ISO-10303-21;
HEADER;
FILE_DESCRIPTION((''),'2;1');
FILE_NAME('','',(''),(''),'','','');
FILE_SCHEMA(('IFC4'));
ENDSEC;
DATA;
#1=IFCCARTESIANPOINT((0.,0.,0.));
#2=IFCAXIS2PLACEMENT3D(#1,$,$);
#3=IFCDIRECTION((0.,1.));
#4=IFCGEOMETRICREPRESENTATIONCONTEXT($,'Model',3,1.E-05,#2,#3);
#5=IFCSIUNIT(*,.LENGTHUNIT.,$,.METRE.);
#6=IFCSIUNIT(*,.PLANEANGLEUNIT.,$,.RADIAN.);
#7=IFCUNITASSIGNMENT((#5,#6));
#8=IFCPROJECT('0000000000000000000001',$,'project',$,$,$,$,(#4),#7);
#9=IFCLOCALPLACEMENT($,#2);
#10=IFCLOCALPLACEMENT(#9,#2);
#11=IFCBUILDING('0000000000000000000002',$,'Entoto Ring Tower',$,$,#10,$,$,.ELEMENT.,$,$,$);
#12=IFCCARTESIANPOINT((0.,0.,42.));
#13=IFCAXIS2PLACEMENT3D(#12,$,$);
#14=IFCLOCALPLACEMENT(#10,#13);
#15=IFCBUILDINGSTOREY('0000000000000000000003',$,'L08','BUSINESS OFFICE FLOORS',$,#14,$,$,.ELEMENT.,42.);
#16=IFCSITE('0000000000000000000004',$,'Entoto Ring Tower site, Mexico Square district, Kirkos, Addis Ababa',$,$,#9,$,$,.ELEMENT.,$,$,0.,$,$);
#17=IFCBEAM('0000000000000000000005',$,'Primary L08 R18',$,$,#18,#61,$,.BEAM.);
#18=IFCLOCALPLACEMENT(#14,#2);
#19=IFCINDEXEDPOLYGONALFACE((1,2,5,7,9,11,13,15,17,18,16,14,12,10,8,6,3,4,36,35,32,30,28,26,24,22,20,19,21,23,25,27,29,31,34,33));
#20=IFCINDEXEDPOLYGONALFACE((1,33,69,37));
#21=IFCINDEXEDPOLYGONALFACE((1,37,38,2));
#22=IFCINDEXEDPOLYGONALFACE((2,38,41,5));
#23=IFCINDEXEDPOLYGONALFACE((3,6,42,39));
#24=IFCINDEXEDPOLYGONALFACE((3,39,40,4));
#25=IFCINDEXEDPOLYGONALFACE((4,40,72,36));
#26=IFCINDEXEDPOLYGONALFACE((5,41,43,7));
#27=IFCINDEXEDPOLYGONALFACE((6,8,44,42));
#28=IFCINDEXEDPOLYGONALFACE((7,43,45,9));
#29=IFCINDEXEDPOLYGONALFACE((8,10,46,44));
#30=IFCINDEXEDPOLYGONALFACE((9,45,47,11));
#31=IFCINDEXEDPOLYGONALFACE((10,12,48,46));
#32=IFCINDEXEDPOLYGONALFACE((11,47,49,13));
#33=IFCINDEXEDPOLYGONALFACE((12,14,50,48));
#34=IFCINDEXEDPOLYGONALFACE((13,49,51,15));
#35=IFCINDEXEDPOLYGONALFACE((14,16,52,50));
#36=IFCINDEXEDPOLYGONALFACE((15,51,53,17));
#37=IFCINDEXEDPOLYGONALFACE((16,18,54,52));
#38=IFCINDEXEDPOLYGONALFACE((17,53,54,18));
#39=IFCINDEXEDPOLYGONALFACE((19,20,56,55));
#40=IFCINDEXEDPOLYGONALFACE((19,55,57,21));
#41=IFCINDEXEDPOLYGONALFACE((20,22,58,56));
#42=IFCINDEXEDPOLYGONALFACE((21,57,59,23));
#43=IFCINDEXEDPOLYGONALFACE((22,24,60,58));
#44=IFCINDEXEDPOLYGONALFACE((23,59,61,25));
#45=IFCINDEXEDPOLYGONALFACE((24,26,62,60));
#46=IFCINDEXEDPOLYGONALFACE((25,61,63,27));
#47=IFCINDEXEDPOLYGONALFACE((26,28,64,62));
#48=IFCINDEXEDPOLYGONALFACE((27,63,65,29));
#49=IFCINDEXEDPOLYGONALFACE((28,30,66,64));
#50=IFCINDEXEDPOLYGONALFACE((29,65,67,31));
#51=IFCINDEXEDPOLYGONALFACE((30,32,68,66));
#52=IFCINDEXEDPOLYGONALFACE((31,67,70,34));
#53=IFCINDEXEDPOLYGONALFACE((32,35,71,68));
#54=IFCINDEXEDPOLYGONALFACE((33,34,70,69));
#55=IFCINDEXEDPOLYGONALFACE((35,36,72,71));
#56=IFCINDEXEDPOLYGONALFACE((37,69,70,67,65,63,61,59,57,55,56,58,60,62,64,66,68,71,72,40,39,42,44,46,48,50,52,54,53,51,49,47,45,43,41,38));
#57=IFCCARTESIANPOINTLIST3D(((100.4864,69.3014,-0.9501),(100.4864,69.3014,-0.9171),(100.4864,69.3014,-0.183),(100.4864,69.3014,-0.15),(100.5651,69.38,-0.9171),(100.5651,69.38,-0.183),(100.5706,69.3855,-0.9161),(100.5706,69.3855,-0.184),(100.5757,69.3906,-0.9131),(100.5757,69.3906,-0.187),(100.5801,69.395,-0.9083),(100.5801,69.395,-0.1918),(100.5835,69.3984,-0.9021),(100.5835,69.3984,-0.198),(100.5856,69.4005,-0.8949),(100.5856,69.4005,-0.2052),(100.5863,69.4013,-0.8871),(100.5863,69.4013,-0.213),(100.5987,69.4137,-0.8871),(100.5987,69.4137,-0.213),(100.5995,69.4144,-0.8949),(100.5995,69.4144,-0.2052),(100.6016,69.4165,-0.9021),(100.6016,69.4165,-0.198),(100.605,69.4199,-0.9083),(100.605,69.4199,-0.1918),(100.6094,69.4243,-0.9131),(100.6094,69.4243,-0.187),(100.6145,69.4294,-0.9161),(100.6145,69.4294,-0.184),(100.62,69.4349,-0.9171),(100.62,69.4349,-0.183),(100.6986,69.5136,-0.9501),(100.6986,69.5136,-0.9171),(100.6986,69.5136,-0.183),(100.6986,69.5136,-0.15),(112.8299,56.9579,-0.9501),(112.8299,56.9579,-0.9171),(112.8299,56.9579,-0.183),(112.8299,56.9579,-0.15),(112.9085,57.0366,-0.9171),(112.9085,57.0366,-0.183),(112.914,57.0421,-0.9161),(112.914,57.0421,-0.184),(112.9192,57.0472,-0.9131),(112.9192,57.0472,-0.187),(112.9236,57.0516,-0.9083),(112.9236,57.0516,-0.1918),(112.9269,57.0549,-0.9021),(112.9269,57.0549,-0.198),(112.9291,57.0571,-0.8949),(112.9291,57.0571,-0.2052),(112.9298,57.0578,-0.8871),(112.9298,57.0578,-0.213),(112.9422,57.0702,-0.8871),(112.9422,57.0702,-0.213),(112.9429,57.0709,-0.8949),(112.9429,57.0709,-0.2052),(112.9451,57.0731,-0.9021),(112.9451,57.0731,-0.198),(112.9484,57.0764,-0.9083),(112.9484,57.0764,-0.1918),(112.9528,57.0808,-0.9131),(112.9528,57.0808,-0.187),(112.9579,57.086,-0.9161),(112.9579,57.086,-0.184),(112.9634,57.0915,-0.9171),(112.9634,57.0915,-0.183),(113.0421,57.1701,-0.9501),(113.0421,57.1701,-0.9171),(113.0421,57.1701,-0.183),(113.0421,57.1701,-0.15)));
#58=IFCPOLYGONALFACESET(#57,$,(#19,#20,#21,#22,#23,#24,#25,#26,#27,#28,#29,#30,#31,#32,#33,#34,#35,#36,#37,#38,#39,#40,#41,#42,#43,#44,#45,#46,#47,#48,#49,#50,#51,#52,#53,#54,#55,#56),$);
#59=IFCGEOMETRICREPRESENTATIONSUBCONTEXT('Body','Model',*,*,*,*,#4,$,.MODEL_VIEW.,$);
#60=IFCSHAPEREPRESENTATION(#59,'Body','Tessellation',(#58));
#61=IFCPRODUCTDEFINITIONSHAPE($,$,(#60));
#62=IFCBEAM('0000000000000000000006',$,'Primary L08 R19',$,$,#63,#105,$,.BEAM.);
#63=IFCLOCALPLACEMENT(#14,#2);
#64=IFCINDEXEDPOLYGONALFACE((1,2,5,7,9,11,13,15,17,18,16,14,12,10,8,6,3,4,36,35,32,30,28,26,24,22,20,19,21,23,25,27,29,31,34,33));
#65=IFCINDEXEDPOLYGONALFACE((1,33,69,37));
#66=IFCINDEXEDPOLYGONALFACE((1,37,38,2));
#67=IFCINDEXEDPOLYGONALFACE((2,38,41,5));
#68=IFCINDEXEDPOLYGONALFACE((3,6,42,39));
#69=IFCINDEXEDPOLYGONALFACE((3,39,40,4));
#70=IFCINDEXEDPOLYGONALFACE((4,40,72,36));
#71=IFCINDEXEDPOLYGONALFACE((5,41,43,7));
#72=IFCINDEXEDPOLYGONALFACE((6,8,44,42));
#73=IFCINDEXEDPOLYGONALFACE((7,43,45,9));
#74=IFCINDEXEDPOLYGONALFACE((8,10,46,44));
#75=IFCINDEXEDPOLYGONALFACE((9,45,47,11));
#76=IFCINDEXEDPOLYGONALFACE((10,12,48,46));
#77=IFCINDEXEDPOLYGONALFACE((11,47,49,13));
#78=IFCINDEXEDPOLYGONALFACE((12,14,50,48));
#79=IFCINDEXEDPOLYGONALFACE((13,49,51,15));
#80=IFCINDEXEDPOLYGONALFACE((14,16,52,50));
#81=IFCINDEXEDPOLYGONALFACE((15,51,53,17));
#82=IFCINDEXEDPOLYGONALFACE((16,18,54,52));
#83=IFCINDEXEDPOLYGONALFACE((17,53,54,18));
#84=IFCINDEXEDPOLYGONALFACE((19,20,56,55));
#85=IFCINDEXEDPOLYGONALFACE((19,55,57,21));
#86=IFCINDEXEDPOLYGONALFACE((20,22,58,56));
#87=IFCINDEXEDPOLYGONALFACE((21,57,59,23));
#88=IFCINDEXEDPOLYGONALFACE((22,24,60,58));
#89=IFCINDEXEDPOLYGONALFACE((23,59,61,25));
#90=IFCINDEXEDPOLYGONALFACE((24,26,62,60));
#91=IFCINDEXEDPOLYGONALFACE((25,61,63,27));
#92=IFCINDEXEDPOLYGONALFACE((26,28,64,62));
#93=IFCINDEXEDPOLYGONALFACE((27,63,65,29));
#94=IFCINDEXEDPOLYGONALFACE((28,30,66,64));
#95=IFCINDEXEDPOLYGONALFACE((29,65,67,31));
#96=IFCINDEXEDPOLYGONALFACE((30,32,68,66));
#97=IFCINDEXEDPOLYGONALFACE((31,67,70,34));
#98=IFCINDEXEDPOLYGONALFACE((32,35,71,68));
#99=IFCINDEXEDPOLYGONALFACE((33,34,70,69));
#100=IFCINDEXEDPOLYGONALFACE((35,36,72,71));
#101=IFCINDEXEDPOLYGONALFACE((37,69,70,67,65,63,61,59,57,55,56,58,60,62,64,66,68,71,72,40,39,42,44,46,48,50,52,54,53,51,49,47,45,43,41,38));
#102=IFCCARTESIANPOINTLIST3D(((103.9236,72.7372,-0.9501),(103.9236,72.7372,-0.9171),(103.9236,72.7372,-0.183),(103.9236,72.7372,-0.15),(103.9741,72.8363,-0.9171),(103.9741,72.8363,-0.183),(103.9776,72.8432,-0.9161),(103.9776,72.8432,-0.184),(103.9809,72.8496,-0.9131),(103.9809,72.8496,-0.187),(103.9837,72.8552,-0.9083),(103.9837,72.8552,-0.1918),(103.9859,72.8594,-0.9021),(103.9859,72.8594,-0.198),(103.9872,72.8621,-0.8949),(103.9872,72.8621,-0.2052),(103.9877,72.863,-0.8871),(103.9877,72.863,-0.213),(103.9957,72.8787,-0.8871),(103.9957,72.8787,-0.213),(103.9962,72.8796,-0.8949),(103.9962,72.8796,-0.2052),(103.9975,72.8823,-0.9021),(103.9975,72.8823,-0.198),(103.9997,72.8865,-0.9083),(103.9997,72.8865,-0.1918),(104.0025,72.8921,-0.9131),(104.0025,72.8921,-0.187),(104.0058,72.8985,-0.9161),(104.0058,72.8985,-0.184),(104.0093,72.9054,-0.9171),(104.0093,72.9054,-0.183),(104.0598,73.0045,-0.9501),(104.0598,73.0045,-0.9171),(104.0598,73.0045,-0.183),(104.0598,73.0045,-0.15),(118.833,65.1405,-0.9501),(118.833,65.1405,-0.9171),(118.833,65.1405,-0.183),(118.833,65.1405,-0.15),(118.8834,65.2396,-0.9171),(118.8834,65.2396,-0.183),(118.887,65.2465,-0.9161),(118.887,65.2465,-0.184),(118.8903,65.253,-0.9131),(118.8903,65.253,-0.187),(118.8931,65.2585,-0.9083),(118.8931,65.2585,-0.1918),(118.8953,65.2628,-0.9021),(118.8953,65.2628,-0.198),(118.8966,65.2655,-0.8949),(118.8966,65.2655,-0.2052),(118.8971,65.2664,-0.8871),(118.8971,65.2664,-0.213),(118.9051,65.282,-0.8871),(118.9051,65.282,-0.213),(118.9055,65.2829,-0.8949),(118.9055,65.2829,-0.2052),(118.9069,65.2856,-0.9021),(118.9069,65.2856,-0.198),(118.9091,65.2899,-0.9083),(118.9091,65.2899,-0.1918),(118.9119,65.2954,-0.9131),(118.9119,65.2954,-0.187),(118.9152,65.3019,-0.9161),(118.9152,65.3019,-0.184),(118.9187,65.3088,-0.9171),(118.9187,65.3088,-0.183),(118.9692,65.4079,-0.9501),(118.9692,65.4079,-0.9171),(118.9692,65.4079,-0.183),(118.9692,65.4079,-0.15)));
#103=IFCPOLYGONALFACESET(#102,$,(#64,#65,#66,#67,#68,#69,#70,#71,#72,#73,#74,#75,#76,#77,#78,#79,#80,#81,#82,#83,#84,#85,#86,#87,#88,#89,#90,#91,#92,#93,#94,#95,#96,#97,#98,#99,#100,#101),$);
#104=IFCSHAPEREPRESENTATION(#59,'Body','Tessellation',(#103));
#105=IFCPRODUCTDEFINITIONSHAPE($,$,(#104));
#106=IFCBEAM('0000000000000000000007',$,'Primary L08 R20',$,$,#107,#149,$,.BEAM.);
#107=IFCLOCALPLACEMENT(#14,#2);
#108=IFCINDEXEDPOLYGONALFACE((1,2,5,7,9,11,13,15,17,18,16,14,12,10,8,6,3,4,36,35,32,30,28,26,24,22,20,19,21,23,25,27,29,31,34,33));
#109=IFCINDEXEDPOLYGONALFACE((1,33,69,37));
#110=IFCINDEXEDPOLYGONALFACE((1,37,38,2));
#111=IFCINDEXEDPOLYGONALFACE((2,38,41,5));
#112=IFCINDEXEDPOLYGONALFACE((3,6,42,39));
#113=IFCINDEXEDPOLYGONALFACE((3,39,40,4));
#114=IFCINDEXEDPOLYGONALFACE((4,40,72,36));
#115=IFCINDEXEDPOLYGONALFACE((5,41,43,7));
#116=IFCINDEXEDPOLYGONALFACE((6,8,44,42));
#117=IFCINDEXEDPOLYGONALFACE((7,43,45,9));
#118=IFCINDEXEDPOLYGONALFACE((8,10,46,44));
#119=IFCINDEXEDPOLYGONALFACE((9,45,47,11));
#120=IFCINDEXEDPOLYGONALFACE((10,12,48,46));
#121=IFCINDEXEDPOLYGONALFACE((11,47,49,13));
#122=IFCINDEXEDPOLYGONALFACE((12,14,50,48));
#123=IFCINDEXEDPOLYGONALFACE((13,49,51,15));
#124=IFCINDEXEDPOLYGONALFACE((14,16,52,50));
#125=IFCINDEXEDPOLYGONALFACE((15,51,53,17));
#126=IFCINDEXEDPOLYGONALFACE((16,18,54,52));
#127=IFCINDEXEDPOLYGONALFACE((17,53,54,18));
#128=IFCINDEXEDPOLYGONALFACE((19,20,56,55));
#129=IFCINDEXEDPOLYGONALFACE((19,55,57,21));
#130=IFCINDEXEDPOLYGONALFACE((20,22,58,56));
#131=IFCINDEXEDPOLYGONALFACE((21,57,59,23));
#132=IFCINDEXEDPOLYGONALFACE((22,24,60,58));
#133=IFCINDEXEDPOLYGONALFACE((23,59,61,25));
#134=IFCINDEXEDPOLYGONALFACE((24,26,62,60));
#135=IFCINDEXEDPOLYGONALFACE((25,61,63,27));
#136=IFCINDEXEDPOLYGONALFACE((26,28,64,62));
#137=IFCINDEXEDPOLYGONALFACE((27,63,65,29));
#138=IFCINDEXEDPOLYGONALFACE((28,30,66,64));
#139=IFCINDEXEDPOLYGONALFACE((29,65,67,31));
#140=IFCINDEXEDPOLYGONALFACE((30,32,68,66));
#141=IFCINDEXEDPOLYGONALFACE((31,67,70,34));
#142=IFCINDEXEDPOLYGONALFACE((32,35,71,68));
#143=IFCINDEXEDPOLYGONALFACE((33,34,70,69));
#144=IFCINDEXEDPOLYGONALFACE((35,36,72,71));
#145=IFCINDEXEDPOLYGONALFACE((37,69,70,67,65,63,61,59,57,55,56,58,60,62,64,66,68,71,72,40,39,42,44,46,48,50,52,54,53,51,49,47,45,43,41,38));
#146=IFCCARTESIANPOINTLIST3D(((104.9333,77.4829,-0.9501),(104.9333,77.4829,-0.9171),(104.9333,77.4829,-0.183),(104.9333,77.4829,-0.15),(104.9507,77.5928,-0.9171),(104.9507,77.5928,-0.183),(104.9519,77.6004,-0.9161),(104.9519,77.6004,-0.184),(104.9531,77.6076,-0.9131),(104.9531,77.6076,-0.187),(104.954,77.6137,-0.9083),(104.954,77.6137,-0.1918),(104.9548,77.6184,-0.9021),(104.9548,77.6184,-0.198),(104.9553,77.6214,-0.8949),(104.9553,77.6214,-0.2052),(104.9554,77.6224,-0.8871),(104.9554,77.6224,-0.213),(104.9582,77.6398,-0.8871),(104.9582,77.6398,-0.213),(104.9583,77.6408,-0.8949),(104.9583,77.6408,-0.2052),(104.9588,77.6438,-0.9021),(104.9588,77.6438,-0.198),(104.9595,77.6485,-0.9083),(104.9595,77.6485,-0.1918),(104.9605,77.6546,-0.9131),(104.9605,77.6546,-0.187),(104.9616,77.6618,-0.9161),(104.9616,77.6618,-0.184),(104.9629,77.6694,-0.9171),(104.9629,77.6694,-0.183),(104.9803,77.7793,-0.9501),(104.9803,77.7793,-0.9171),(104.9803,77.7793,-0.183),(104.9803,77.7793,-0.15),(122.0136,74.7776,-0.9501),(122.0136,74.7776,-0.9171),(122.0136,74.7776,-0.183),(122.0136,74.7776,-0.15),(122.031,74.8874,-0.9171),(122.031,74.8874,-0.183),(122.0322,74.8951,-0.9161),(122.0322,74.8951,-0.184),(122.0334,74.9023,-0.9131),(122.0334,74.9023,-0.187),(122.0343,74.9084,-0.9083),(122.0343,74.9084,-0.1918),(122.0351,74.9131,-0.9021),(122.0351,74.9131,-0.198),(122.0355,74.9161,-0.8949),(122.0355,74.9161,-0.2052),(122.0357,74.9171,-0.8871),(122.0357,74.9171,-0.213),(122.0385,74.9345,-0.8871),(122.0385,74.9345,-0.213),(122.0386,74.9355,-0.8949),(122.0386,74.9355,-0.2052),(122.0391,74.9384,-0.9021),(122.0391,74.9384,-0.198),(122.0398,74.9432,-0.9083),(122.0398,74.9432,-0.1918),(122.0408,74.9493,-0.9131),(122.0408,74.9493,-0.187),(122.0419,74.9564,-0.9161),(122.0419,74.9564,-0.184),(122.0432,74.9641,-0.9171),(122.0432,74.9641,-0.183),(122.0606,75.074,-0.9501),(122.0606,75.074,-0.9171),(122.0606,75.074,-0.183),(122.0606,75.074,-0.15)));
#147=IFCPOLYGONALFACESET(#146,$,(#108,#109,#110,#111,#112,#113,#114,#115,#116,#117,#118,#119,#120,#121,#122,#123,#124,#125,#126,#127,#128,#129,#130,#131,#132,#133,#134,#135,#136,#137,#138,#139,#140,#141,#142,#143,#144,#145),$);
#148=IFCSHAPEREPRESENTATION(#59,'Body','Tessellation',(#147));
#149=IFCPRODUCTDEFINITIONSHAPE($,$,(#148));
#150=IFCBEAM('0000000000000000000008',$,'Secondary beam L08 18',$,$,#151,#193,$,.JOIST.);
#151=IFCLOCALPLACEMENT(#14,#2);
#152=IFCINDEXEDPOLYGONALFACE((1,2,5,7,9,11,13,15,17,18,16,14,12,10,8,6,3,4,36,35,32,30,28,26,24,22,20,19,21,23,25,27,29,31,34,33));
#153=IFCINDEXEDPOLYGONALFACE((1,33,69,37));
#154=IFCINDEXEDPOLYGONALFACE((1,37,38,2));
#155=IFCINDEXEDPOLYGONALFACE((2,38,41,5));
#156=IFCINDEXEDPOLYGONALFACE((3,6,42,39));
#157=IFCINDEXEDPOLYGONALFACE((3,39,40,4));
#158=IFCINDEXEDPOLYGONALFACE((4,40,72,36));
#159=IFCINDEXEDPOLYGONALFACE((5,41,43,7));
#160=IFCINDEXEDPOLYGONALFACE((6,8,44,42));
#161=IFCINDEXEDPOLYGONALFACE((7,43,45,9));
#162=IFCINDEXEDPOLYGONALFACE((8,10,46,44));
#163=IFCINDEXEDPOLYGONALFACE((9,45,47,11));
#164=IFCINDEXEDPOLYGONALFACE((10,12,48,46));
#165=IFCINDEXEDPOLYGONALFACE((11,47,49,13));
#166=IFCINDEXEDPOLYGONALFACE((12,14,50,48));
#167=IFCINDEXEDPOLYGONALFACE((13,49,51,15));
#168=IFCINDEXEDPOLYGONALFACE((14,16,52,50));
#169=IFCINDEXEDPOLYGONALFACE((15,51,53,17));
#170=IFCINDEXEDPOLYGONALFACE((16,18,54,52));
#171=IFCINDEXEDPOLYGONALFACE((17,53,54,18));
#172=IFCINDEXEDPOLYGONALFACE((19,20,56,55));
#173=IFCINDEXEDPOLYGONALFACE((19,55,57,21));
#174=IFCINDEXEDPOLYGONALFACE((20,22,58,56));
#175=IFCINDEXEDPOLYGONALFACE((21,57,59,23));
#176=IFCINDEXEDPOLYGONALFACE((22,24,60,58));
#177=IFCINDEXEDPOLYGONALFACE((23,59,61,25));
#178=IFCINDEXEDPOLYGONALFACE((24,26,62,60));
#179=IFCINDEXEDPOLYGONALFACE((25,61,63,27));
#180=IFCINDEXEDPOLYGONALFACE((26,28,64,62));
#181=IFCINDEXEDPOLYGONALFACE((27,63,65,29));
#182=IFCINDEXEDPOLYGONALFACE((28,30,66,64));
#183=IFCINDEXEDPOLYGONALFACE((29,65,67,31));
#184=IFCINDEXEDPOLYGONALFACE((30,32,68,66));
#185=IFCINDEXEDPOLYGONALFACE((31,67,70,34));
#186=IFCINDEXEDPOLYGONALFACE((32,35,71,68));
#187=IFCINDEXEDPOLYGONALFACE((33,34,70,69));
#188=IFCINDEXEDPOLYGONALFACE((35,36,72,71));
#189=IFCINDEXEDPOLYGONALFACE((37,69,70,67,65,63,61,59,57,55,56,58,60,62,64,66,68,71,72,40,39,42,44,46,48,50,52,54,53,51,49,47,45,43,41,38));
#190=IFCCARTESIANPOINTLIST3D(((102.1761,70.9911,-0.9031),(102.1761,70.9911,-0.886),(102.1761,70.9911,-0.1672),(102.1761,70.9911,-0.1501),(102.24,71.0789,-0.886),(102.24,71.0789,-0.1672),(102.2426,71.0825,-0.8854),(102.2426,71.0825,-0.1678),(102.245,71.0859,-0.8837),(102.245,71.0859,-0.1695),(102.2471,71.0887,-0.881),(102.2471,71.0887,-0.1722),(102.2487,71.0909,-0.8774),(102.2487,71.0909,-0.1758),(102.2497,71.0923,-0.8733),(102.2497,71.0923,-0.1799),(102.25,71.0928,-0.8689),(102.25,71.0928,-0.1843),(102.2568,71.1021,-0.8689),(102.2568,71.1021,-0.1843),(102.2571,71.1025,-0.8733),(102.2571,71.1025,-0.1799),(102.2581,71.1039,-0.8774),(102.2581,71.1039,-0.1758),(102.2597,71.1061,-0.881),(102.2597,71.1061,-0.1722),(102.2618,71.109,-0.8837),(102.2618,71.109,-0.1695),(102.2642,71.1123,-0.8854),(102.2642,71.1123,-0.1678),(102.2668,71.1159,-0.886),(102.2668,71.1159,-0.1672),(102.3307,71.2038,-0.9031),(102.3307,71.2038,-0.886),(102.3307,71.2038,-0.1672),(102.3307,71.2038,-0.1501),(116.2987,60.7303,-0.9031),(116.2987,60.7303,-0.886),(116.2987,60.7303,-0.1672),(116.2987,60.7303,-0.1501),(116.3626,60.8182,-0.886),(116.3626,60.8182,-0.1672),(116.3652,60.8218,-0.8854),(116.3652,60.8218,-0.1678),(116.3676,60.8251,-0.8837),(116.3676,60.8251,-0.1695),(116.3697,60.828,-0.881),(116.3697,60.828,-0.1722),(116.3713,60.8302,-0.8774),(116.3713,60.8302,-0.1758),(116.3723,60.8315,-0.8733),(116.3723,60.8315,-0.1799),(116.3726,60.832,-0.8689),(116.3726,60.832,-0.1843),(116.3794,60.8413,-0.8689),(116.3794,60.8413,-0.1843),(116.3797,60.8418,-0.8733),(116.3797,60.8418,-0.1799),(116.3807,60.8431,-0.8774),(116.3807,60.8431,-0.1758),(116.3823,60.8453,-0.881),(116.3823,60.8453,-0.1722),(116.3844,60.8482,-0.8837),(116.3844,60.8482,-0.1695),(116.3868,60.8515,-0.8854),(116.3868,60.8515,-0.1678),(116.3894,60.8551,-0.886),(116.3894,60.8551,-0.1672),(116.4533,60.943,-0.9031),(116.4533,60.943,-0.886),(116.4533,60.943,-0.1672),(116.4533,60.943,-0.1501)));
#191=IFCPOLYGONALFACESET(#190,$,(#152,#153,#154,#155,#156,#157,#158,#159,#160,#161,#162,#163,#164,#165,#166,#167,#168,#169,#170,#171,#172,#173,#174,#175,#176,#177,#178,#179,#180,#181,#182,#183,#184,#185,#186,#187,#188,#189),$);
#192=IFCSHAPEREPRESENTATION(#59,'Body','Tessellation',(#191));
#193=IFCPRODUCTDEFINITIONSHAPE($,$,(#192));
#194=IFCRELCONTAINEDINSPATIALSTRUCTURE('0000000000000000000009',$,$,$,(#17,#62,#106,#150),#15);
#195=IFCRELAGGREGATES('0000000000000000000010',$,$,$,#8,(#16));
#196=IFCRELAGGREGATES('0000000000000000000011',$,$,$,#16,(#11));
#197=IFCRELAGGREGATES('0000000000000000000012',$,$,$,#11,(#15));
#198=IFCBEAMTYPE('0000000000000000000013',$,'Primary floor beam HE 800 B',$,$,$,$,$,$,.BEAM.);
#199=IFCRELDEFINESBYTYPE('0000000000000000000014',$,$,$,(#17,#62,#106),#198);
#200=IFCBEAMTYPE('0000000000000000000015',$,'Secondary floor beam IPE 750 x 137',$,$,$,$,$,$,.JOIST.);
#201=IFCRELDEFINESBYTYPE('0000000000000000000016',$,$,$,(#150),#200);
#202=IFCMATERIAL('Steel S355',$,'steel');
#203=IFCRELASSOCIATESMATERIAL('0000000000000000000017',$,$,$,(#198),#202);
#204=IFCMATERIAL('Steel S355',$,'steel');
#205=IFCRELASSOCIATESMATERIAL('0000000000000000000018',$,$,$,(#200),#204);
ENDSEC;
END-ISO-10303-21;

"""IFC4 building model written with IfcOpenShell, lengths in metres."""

from ifc_helpers import new_model, si_unit, direction, frame, origin, origin_2d, place, context, subcontext, project, spatial, i_section, extrude, material, material_profile, profile_set, type_object, element, save


model = new_model("IFC4")

# Units and contexts
model_context = context("Model", 3, precision=1e-05, world=origin(), true_north=direction((0.0, 1.0)))
body_context = subcontext(model_context, "Body", "Model", "MODEL_VIEW")
ifc_project = project(units=[si_unit("LENGTHUNIT", "METRE"), si_unit("PLANEANGLEUNIT", "RADIAN")], contexts=[model_context])

# Site, building, storey
site_placement = place(None, origin())
site = spatial("IfcSite", under=ifc_project, at=site_placement, Name="Entoto Ring Tower site, Mexico Square district, Kirkos, Addis Ababa", CompositionType="ELEMENT", RefElevation=0.0)
building_placement = place(site_placement, origin())
building = spatial("IfcBuilding", under=site, at=building_placement, Name="Entoto Ring Tower", CompositionType="ELEMENT")
storey_placement = place(building_placement, frame((0.0, 0.0, 42.0)))
storey = spatial("IfcBuildingStorey", under=building, at=storey_placement, Name="L08", Description="BUSINESS OFFICE FLOORS", CompositionType="ELEMENT", Elevation=42.0)

# Beams
ifc_material_1 = material(Name="Steel S355", Category="steel")
ifc_material_profile_1 = material_profile(ifc_material_1, i_section(OverallWidth=0.3, OverallDepth=0.8, WebThickness=0.0176, FlangeThickness=0.033, FilletRadius=0.03, at=origin_2d()), Name="HE 800 B")
ifc_profile_set_1 = profile_set([ifc_material_profile_1], Name="Steel S355")
beam_type_1 = type_object("IfcBeamType", Name="Primary floor beam HE 800 B", PredefinedType="BEAM", material=ifc_profile_set_1)
beam_1_placement = place(storey_placement, frame((100.5925, 69.4075, -0.55), z_axis=(0.707107, -0.707107, 0.0), x_axis=(0.707107, 0.707107, 0.0)))
element("IfcBeam", 1, at=beam_1_placement, inside=storey, type_object=beam_type_1, Name="Primary L08 R18", PredefinedType="BEAM", context=body_context, shape_type="SweptSolid", body=[
    extrude(i_section(OverallWidth=0.3, OverallDepth=0.8, WebThickness=0.0176, FlangeThickness=0.033, FilletRadius=0.03, at=origin_2d()), origin(), (0.0, 0.0, 1.0), 17.4563),
])
beam_2_placement = place(storey_placement, frame((103.9917, 72.8708, -0.55), z_axis=(0.891008, -0.453988, 0.0), x_axis=(0.453988, 0.891008, 0.0)))
element("IfcBeam", 2, at=beam_2_placement, inside=storey, type_object=beam_type_1, Name="Primary L08 R19", PredefinedType="BEAM", context=body_context, shape_type="SweptSolid", body=[
    extrude(i_section(OverallWidth=0.3, OverallDepth=0.8, WebThickness=0.0176, FlangeThickness=0.033, FilletRadius=0.03, at=origin_2d()), origin(), (0.0, 0.0, 1.0), 16.7332),
])
beam_3_placement = place(storey_placement, frame((104.9568, 77.6311, -0.55), z_axis=(0.987688, -0.156438, 0.0), x_axis=(0.156438, 0.987688, 0.0)))
element("IfcBeam", 3, at=beam_3_placement, inside=storey, type_object=beam_type_1, Name="Primary L08 R20", PredefinedType="BEAM", context=body_context, shape_type="SweptSolid", body=[
    extrude(i_section(OverallWidth=0.3, OverallDepth=0.8, WebThickness=0.0176, FlangeThickness=0.033, FilletRadius=0.03, at=origin_2d()), origin(), (0.0, 0.0, 1.0), 17.2932),
])
ifc_material_2 = material(Name="Steel S355", Category="steel")
ifc_material_profile_2 = material_profile(ifc_material_2, i_section(OverallWidth=0.2629, OverallDepth=0.7529, WebThickness=0.0115, FlangeThickness=0.0171, FilletRadius=0.0171, at=origin_2d()), Name="IPE 750 x 137")
ifc_profile_set_2 = profile_set([ifc_material_profile_2], Name="Steel S355")
beam_type_2 = type_object("IfcBeamType", Name="Secondary floor beam IPE 750 x 137", PredefinedType="JOIST", material=ifc_profile_set_2)
beam_4_placement = place(storey_placement, frame((102.2534, 71.0974, -0.5266), z_axis=(0.809014, -0.587789, 0.0), x_axis=(0.587789, 0.809014, 0.0)))
element("IfcBeam", 4, at=beam_4_placement, inside=storey, type_object=beam_type_2, Name="Secondary beam L08 18", PredefinedType="JOIST", context=body_context, shape_type="SweptSolid", body=[
    extrude(i_section(OverallWidth=0.2629, OverallDepth=0.7529, WebThickness=0.0115, FlangeThickness=0.0171, FilletRadius=0.0171, at=origin_2d()), origin(), (0.0, 0.0, 1.0), 17.4565),
])

save(model, "model.ifc")
